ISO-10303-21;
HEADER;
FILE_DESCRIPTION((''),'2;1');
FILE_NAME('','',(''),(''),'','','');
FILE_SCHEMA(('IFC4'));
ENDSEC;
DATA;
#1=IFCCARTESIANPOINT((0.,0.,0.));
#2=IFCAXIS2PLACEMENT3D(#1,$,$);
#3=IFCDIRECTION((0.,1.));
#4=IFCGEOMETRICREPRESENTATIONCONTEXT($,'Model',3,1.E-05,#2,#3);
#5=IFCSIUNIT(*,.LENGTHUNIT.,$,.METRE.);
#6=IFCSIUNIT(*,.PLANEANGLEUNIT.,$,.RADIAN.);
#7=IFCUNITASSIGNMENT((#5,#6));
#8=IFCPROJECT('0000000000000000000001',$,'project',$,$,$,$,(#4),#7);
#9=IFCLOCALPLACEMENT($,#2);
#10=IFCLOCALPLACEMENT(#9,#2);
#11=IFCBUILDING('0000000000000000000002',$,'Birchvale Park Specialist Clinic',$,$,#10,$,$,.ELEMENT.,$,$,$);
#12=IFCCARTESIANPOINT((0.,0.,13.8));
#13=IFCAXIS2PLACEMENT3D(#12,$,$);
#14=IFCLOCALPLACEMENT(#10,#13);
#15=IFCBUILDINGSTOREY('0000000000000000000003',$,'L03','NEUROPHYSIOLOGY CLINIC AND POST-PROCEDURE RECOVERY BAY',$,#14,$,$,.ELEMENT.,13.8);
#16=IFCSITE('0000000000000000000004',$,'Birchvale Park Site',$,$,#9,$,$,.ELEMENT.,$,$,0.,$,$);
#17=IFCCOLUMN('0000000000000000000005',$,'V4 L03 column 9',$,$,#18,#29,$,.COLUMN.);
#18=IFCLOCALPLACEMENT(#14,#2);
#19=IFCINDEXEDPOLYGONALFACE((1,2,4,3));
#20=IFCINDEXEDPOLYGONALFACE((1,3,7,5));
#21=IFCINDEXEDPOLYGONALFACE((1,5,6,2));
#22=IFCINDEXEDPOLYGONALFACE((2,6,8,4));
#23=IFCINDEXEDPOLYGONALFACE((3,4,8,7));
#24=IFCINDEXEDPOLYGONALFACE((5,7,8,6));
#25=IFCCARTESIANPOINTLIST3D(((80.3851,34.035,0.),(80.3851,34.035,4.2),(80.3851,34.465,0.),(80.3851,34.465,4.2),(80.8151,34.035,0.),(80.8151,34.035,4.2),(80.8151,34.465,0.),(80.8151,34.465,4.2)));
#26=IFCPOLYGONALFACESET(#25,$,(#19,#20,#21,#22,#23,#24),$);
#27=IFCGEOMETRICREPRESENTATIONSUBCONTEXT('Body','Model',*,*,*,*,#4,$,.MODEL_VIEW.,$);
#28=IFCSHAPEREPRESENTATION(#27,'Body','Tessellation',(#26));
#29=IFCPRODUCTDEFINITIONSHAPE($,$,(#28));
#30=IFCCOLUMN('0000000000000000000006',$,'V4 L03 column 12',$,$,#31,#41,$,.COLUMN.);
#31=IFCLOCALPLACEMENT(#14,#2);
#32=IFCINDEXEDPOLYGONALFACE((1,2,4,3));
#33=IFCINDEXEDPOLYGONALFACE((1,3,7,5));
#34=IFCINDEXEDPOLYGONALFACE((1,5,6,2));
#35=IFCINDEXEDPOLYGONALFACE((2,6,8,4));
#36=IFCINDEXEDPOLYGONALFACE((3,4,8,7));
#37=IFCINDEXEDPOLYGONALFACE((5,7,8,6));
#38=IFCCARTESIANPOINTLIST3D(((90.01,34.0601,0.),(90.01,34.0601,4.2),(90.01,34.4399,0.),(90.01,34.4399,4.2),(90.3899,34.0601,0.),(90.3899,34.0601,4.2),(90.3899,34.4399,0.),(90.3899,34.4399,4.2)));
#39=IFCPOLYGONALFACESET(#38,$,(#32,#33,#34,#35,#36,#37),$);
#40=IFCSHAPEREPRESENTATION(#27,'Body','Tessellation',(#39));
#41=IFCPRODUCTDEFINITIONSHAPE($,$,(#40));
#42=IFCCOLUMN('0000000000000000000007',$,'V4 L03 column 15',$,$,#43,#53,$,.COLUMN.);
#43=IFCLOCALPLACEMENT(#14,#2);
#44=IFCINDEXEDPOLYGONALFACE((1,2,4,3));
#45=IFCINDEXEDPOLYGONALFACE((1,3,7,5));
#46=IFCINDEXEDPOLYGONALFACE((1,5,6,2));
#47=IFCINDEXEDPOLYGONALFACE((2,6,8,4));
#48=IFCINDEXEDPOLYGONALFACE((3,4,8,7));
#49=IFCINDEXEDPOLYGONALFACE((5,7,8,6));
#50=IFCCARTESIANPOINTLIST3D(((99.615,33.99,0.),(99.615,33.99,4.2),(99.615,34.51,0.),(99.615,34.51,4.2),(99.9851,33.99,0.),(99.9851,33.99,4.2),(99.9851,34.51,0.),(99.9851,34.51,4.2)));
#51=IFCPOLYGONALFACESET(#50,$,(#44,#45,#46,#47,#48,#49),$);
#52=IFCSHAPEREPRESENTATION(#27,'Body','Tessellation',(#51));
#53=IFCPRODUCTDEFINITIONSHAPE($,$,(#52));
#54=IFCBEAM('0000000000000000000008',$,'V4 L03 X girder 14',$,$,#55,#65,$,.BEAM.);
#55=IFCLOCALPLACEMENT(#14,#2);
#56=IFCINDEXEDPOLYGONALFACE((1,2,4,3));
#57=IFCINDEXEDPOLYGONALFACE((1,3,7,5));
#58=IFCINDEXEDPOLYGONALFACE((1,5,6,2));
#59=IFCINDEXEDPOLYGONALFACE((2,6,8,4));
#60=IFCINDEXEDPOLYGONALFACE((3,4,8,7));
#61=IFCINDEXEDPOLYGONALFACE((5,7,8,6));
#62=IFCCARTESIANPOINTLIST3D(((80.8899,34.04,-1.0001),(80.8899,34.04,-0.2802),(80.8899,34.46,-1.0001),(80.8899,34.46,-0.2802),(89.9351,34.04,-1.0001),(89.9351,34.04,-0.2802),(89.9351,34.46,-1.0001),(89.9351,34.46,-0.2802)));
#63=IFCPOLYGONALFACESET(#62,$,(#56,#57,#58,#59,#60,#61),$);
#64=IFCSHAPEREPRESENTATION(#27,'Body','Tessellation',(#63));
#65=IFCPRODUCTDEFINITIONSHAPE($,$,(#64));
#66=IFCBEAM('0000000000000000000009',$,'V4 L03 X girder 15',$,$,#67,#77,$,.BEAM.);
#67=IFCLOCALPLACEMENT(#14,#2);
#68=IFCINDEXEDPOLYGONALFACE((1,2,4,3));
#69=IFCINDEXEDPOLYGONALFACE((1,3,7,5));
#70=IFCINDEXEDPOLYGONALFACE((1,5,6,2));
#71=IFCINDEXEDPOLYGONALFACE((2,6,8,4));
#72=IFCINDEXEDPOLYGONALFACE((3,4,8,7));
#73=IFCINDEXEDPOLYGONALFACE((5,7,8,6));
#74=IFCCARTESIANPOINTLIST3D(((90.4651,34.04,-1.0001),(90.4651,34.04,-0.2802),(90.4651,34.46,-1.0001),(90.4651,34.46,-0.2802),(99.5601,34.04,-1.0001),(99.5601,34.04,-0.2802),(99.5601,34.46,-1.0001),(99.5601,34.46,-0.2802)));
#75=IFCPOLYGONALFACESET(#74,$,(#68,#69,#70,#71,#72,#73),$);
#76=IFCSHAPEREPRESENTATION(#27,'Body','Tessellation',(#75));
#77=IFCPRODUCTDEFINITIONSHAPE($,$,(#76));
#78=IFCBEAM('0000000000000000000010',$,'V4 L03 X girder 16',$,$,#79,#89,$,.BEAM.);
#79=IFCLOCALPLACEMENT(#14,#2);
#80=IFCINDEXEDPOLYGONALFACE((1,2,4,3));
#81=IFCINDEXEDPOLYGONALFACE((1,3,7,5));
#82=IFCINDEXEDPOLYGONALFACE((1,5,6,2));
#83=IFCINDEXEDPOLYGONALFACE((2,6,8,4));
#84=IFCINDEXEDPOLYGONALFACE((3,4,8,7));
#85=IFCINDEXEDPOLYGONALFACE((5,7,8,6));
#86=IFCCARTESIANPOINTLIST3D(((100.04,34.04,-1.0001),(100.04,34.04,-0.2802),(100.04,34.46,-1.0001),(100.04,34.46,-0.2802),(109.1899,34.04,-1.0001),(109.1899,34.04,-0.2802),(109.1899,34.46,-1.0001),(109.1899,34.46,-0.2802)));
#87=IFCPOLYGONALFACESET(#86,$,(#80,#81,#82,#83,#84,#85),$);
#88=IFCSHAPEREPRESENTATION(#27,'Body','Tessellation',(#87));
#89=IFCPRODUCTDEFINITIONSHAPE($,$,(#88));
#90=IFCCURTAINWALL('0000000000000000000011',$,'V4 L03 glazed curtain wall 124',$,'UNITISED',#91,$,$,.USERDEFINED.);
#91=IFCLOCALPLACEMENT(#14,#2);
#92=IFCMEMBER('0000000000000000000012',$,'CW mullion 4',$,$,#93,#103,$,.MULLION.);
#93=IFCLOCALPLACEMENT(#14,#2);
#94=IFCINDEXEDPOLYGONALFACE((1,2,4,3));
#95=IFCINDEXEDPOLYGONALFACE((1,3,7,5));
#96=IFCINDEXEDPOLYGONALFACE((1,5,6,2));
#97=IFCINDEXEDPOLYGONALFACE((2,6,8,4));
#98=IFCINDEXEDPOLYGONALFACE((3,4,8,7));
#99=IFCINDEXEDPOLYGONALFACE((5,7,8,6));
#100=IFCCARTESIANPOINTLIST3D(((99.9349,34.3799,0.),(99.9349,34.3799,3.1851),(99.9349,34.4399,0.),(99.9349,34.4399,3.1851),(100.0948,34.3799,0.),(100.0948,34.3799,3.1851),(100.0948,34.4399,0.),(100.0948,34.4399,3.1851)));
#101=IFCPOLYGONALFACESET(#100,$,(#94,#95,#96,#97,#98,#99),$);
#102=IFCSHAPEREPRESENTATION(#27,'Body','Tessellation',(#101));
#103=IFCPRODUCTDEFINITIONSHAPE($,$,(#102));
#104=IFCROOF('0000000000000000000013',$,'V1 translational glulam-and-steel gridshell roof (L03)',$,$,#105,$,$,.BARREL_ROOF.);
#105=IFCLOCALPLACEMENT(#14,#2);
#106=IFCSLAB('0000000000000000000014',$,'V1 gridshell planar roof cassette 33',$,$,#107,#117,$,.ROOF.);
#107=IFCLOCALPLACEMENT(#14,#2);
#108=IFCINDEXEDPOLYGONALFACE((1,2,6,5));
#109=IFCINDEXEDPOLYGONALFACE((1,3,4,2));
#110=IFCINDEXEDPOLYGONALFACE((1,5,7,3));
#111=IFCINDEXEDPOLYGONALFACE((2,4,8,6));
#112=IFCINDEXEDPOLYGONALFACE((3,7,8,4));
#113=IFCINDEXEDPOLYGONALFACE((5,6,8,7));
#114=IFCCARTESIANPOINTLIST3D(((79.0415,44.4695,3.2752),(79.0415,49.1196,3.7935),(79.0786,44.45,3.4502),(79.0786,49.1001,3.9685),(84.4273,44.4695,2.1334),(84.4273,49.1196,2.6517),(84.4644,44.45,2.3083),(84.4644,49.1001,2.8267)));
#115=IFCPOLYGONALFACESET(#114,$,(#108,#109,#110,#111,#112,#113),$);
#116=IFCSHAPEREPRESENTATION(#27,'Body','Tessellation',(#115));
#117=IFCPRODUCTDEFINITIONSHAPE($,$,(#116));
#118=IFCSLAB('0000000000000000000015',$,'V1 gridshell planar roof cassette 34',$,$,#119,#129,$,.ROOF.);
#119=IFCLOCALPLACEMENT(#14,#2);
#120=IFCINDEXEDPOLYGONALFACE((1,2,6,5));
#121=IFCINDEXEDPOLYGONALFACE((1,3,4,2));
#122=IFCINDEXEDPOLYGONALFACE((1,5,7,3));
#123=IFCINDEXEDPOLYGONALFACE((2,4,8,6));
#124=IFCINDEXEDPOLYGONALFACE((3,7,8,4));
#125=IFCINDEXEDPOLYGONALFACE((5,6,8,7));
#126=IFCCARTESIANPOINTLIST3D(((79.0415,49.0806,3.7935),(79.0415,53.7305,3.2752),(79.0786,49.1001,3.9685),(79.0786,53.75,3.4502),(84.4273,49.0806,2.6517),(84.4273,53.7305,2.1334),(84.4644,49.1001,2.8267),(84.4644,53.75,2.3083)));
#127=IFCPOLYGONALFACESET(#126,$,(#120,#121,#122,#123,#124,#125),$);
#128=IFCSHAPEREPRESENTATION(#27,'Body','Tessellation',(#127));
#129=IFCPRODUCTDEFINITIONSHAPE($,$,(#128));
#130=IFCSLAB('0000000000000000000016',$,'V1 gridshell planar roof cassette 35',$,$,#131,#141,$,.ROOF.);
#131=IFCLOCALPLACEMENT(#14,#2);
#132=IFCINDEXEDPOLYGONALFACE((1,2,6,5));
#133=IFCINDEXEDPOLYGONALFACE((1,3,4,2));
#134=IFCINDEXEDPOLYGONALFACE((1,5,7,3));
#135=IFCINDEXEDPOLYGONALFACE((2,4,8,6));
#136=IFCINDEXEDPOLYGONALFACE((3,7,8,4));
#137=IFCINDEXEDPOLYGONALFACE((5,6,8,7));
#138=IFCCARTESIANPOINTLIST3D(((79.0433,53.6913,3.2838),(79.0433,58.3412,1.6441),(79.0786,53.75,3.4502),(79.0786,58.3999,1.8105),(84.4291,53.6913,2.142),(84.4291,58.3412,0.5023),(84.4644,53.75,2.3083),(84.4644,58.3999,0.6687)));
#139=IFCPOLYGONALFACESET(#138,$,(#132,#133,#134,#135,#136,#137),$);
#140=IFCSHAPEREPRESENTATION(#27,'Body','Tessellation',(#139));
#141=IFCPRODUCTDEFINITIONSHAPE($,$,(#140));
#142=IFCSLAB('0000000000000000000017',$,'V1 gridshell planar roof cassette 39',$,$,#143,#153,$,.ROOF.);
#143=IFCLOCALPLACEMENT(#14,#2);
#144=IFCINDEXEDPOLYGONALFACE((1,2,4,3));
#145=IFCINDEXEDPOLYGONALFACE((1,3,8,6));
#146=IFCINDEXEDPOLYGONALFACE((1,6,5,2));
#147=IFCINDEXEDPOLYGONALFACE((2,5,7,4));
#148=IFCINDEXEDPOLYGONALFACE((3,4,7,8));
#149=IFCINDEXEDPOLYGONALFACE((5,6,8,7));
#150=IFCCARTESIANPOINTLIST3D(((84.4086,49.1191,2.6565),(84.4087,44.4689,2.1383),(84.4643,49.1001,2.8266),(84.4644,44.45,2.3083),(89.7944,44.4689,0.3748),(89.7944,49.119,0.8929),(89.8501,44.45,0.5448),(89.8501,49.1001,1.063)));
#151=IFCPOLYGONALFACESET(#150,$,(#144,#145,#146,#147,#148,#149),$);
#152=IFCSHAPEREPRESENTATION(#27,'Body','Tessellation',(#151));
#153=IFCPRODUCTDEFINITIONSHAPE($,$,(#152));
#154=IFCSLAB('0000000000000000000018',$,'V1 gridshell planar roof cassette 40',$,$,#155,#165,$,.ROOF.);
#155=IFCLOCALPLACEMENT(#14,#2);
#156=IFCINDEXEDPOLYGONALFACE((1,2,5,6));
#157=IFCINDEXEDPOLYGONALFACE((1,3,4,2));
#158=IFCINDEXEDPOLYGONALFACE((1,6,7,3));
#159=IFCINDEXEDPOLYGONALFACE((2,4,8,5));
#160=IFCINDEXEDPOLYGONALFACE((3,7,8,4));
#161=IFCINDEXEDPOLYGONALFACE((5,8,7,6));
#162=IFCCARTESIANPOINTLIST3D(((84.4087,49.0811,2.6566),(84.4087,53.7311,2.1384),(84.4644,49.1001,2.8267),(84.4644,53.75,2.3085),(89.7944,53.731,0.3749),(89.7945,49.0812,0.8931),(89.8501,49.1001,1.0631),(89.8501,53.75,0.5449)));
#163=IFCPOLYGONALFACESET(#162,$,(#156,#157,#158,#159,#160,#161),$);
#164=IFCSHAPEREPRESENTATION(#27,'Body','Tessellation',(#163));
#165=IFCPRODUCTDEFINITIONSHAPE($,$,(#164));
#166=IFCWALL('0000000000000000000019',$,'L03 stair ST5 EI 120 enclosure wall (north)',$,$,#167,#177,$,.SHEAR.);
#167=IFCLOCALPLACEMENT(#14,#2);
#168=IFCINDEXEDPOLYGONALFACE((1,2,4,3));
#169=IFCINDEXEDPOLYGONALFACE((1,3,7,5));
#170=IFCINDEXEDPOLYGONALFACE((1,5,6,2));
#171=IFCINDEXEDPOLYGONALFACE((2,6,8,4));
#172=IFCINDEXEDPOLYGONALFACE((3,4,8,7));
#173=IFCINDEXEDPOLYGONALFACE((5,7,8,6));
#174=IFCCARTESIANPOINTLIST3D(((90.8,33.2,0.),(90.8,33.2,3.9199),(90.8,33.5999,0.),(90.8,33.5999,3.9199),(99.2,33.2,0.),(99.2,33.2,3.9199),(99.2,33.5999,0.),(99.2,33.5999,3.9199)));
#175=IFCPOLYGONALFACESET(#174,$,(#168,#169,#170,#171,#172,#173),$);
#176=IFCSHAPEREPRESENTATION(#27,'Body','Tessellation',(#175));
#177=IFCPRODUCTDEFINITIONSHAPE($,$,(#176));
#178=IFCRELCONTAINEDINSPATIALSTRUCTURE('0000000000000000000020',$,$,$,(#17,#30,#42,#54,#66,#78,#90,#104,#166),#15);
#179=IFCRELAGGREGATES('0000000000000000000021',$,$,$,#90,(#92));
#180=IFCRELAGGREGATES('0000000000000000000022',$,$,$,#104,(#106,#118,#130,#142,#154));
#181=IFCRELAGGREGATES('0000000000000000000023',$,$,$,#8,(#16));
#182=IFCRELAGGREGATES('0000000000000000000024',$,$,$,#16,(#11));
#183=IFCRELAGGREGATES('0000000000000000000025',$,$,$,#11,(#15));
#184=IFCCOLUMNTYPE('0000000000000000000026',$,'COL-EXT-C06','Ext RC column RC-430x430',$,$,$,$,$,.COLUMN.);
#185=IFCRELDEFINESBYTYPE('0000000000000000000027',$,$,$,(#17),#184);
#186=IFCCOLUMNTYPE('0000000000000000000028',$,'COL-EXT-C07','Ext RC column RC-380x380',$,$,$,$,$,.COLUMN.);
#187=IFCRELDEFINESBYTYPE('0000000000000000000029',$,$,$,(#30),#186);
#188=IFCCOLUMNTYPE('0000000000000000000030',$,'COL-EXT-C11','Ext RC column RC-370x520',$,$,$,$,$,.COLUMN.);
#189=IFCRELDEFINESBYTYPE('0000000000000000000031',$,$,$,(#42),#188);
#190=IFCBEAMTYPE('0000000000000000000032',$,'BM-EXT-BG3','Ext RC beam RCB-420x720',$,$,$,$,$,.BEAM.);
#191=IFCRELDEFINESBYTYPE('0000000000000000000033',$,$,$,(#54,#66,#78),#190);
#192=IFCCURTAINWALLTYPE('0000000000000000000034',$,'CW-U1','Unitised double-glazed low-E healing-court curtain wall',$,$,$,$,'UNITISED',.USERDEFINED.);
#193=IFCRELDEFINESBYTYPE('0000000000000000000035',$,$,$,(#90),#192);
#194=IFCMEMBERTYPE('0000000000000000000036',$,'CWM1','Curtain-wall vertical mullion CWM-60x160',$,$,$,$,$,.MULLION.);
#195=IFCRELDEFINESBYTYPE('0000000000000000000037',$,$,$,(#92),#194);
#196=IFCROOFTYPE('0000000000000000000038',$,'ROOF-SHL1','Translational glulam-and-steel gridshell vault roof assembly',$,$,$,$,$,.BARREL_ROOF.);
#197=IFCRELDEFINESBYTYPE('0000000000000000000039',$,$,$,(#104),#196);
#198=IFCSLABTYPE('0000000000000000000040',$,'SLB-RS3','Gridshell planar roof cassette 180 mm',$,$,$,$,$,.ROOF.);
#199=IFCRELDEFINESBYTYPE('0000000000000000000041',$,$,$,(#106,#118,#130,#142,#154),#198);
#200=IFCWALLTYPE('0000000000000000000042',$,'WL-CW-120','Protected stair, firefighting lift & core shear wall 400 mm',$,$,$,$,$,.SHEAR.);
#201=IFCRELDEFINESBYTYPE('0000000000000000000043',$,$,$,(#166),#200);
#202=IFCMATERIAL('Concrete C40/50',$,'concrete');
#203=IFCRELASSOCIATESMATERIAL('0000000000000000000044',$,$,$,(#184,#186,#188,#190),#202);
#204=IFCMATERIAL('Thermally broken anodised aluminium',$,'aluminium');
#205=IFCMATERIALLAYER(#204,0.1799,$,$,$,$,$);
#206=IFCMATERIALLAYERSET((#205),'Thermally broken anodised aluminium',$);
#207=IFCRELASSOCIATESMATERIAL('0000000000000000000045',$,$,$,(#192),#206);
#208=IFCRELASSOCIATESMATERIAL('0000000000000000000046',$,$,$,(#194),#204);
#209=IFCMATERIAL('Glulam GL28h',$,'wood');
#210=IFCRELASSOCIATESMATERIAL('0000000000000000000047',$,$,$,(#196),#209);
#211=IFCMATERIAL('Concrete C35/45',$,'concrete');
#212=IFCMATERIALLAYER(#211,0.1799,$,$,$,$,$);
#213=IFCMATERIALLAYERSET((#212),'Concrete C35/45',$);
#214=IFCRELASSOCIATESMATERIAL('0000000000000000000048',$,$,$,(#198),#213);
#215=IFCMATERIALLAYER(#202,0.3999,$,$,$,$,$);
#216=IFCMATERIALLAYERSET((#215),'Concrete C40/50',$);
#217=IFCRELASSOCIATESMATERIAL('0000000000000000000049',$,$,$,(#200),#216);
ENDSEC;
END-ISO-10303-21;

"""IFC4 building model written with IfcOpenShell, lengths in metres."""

from ifc_helpers import new_model, si_unit, direction, frame, frame_2d, origin, origin_2d, place, context, subcontext, project, spatial, polyline, rectangle, outline, extrude, material, layer, layer_set, material_profile, profile_set, type_object, element, aggregate, save


model = new_model("IFC4")

# Units and contexts
model_context = context("Model", 3, precision=1e-05, world=origin(), true_north=direction((0.0, 1.0)))
body_context = subcontext(model_context, "Body", "Model", "MODEL_VIEW")
ifc_project = project(units=[si_unit("LENGTHUNIT", "METRE"), si_unit("PLANEANGLEUNIT", "RADIAN")], contexts=[model_context])

# Site, building, storey
site_placement = place(None, origin())
site = spatial("IfcSite", under=ifc_project, at=site_placement, Name="Birchvale Park Site", CompositionType="ELEMENT", RefElevation=0.0)
building_placement = place(site_placement, origin())
building = spatial("IfcBuilding", under=site, at=building_placement, Name="Birchvale Park Specialist Clinic", CompositionType="ELEMENT")
storey_placement = place(building_placement, frame((0.0, 0.0, 13.8)))
storey = spatial("IfcBuildingStorey", under=building, at=storey_placement, Name="L03", Description="NEUROPHYSIOLOGY CLINIC AND POST-PROCEDURE RECOVERY BAY", CompositionType="ELEMENT", Elevation=13.8)

# Columns
ifc_material_1 = material(Name="Concrete C40/50", Category="concrete")
ifc_material_profile_1 = material_profile(ifc_material_1, rectangle(XDim=0.4299, YDim=0.4299, at=origin_2d()), Name="RC-430x430")
ifc_profile_set_1 = profile_set([ifc_material_profile_1], Name="Concrete C40/50")
column_type_1 = type_object("IfcColumnType", Name="COL-EXT-C06", Description="Ext RC column RC-430x430", PredefinedType="COLUMN", material=ifc_profile_set_1)
column_1_placement = place(storey_placement, frame((80.6001, 34.25, 0.0), z_axis=(0.0, 0.0, 1.0), x_axis=(1.0, 0.0, 0.0)))
element("IfcColumn", 1, at=column_1_placement, inside=storey, type_object=column_type_1, Name="V4 L03 column 9", PredefinedType="COLUMN", context=body_context, shape_type="SweptSolid", body=[
    extrude(rectangle(XDim=0.4299, YDim=0.4299, at=origin_2d()), origin(), (0.0, 0.0, 1.0), 4.2),
])
ifc_material_profile_2 = material_profile(ifc_material_1, rectangle(XDim=0.3799, YDim=0.3799, at=origin_2d()), Name="RC-380x380")
ifc_profile_set_2 = profile_set([ifc_material_profile_2], Name="Concrete C40/50")
column_type_2 = type_object("IfcColumnType", Name="COL-EXT-C07", Description="Ext RC column RC-380x380", PredefinedType="COLUMN", material=ifc_profile_set_2)
column_2_placement = place(storey_placement, frame((90.2, 34.25, 0.0), z_axis=(0.0, 0.0, 1.0), x_axis=(1.0, 0.0, 0.0)))
element("IfcColumn", 2, at=column_2_placement, inside=storey, type_object=column_type_2, Name="V4 L03 column 12", PredefinedType="COLUMN", context=body_context, shape_type="SweptSolid", body=[
    extrude(rectangle(XDim=0.3799, YDim=0.3799, at=origin_2d()), origin(), (0.0, 0.0, 1.0), 4.2),
])
ifc_material_profile_3 = material_profile(ifc_material_1, rectangle(XDim=0.3701, YDim=0.52, at=origin_2d()), Name="RC-370x520")
ifc_profile_set_3 = profile_set([ifc_material_profile_3], Name="Concrete C40/50")
column_type_3 = type_object("IfcColumnType", Name="COL-EXT-C11", Description="Ext RC column RC-370x520", PredefinedType="COLUMN", material=ifc_profile_set_3)
column_3_placement = place(storey_placement, frame((99.8, 34.25, 0.0), z_axis=(0.0, 0.0, 1.0), x_axis=(1.0, 0.0, 0.0)))
element("IfcColumn", 3, at=column_3_placement, inside=storey, type_object=column_type_3, Name="V4 L03 column 15", PredefinedType="COLUMN", context=body_context, shape_type="SweptSolid", body=[
    extrude(rectangle(XDim=0.3701, YDim=0.52, at=origin_2d()), origin(), (0.0, 0.0, 1.0), 4.2),
])

# Beams
ifc_material_profile_4 = material_profile(ifc_material_1, rectangle(XDim=0.4199, YDim=0.72, at=origin_2d()), Name="RCB-420x720")
ifc_profile_set_4 = profile_set([ifc_material_profile_4], Name="Concrete C40/50")
beam_type = type_object("IfcBeamType", Name="BM-EXT-BG3", Description="Ext RC beam RCB-420x720", PredefinedType="BEAM", material=ifc_profile_set_4)
beam_1_placement = place(storey_placement, frame((80.8899, 34.25, -0.6401), z_axis=(1.0, 0.0, 0.0), x_axis=(0.0, 1.0, 0.0)))
element("IfcBeam", 4, at=beam_1_placement, inside=storey, type_object=beam_type, Name="V4 L03 X girder 14", PredefinedType="BEAM", context=body_context, shape_type="SweptSolid", body=[
    extrude(rectangle(XDim=0.4199, YDim=0.72, at=origin_2d()), origin(), (0.0, 0.0, 1.0), 9.0452),
])
beam_2_placement = place(storey_placement, frame((90.4651, 34.25, -0.6401), z_axis=(1.0, 0.0, 0.0), x_axis=(0.0, 1.0, 0.0)))
element("IfcBeam", 5, at=beam_2_placement, inside=storey, type_object=beam_type, Name="V4 L03 X girder 15", PredefinedType="BEAM", context=body_context, shape_type="SweptSolid", body=[
    extrude(rectangle(XDim=0.4199, YDim=0.72, at=origin_2d()), origin(), (0.0, 0.0, 1.0), 9.095),
])
beam_3_placement = place(storey_placement, frame((100.04, 34.25, -0.6401), z_axis=(1.0, 0.0, 0.0), x_axis=(0.0, 1.0, 0.0)))
element("IfcBeam", 6, at=beam_3_placement, inside=storey, type_object=beam_type, Name="V4 L03 X girder 16", PredefinedType="BEAM", context=body_context, shape_type="SweptSolid", body=[
    extrude(rectangle(XDim=0.4199, YDim=0.72, at=origin_2d()), origin(), (0.0, 0.0, 1.0), 9.1499),
])

# Curtain wall, member
ifc_material_2 = material(Name="Thermally broken anodised aluminium", Category="aluminium")
ifc_layer_1 = layer(ifc_material_2, 0.1799)
ifc_layer_set_1 = layer_set([ifc_layer_1], Name="Thermally broken anodised aluminium")
curtain_wall_type = type_object("IfcCurtainWallType", Name="CW-U1", Description="Unitised double-glazed low-E healing-court curtain wall", ElementType="UNITISED", PredefinedType="USERDEFINED", material=ifc_layer_set_1)
curtain_wall_placement = place(storey_placement, origin())
curtain_wall = element("IfcCurtainWall", 7, at=curtain_wall_placement, inside=storey, type_object=curtain_wall_type, Name="V4 L03 glazed curtain wall 124", ObjectType="UNITISED", PredefinedType="USERDEFINED")
ifc_material_profile_5 = material_profile(ifc_material_2, rectangle(XDim=0.0601, YDim=0.1599, at=origin_2d()), Name="CWM-60x160")
ifc_profile_set_5 = profile_set([ifc_material_profile_5], Name="Thermally broken anodised aluminium")
member_type = type_object("IfcMemberType", Name="CWM1", Description="Curtain-wall vertical mullion CWM-60x160", PredefinedType="MULLION", material=ifc_profile_set_5)
member_placement = place(storey_placement, frame((100.0149, 34.4099, 0.0), z_axis=(0.0, 0.0, 1.0), x_axis=(0.0, -1.0, 0.0)))
member = element("IfcMember", 8, at=member_placement, type_object=member_type, Name="CW mullion 4", PredefinedType="MULLION", context=body_context, shape_type="SweptSolid", body=[
    extrude(rectangle(XDim=0.0601, YDim=0.1599, at=origin_2d()), origin(), (0.0, 0.0, 1.0), 3.1851),
])
aggregate(curtain_wall, [member])

# Roof, slabs
ifc_material_3 = material(Name="Glulam GL28h", Category="wood")
roof_type = type_object("IfcRoofType", Name="ROOF-SHL1", Description="Translational glulam-and-steel gridshell vault roof assembly", PredefinedType="BARREL_ROOF", material=ifc_material_3)
roof_placement = place(storey_placement, origin())
roof = element("IfcRoof", 9, at=roof_placement, inside=storey, type_object=roof_type, Name="V1 translational glulam-and-steel gridshell roof (L03)", PredefinedType="BARREL_ROOF")
ifc_material_4 = material(Name="Concrete C35/45", Category="concrete")
ifc_layer_2 = layer(ifc_material_4, 0.1799)
ifc_layer_set_2 = layer_set([ifc_layer_2], Name="Concrete C35/45")
slab_type = type_object("IfcSlabType", Name="SLB-RS3", Description="Gridshell planar roof cassette 180 mm", PredefinedType="ROOF", material=ifc_layer_set_2)
slab_1_placement = place(storey_placement, frame((79.0786, 44.45, 3.4502), z_axis=(0.206181, -0.108395, 0.972492), x_axis=(0.978256, 0.0, -0.207403)))
slab_1 = element("IfcSlab", 10, at=slab_1_placement, type_object=slab_type, Name="V1 gridshell planar roof cassette 33", PredefinedType="ROOF", context=body_context, shape_type="SweptSolid", body=[
    extrude(outline(polyline([(0.0, 0.0), (5.5055, 0.0), (5.398, 4.6777), (-0.1075, 4.6777), (0.0, 0.0)])), origin(), (0.0, 0.0, -1.0), 0.1799),
])
slab_2_placement = place(storey_placement, frame((79.0786, 49.1001, 3.9685), z_axis=(0.20618, 0.108401, 0.972491), x_axis=(0.978256, 0.0, -0.207403)))
slab_2 = element("IfcSlab", 11, at=slab_2_placement, type_object=slab_type, Name="V1 gridshell planar roof cassette 34", PredefinedType="ROOF", context=body_context, shape_type="SweptSolid", body=[
    extrude(outline(polyline([(0.0, 0.0), (5.5055, 0.0), (5.613, 4.6775), (0.1075, 4.6775), (0.0, 0.0)])), origin(), (0.0, 0.0, -1.0), 0.1799),
])
slab_3_placement = place(storey_placement, frame((79.0786, 53.75, 3.4502), z_axis=(0.196065, 0.326096, 0.924781), x_axis=(0.978256, 0.0, -0.207403)))
slab_3 = element("IfcSlab", 12, at=slab_3_placement, type_object=slab_type, Name="V1 gridshell planar roof cassette 35", PredefinedType="ROOF", context=body_context, shape_type="SweptSolid", body=[
    extrude(outline(polyline([(0.0, 0.0), (5.5055, 0.0), (5.8455, 4.9188), (0.3401, 4.9188), (0.0, 0.0)])), origin(), (0.0, 0.0, -1.0), 0.1799),
])
slab_4_placement = place(storey_placement, frame((84.4644, 44.45, 2.3083), z_axis=(0.309459, -0.105313, 0.945063), x_axis=(0.950348, 0.000002, -0.311189)))
slab_4 = element("IfcSlab", 13, at=slab_4_placement, type_object=slab_type, Name="V1 gridshell planar roof cassette 39", PredefinedType="ROOF", context=body_context, shape_type="SweptSolid", body=[
    extrude(outline(polyline([(0.0, 0.0), (5.6671, 0.0), (5.5059, 4.6761), (-0.1613, 4.6762), (0.0, 0.0)])), origin(), (0.0, 0.0, -1.0), 0.1799),
])
slab_5_placement = place(storey_placement, frame((84.4644, 49.1001, 2.8267), z_axis=(0.309459, 0.105318, 0.945063), x_axis=(0.950348, 0.000002, -0.31119)))
slab_5 = element("IfcSlab", 14, at=slab_5_placement, type_object=slab_type, Name="V1 gridshell planar roof cassette 40", PredefinedType="ROOF", context=body_context, shape_type="SweptSolid", body=[
    extrude(outline(polyline([(0.0, 0.0), (5.6672, 0.0), (5.8284, 4.6759), (0.1613, 4.6759), (0.0, 0.0)])), origin(), (0.0, 0.0, -1.0), 0.1799),
])
aggregate(roof, [slab_1, slab_2, slab_3, slab_4, slab_5])

# Wall
ifc_layer_3 = layer(ifc_material_1, 0.3999)
ifc_layer_set_3 = layer_set([ifc_layer_3], Name="Concrete C40/50")
wall_type_1 = type_object("IfcWallType", Name="WL-CW-120", Description="Protected stair, firefighting lift & core shear wall 400 mm", PredefinedType="SHEAR", material=ifc_layer_set_3)
wall_1_placement = place(storey_placement, frame((99.2, 33.3999, 0.0), z_axis=(0.0, 0.0, 1.0), x_axis=(-1.0, 0.0, 0.0)))
element("IfcWall", 15, at=wall_1_placement, inside=storey, type_object=wall_type_1, Name="L03 stair ST5 EI 120 enclosure wall (north)", PredefinedType="SHEAR", context=body_context, shape_type="SweptSolid", body=[
    extrude(rectangle(XDim=8.3999, YDim=0.3999, at=frame_2d((4.2, 0.0))), origin(), (0.0, 0.0, 1.0), 3.9199),
])

save(model, "model.ifc")
